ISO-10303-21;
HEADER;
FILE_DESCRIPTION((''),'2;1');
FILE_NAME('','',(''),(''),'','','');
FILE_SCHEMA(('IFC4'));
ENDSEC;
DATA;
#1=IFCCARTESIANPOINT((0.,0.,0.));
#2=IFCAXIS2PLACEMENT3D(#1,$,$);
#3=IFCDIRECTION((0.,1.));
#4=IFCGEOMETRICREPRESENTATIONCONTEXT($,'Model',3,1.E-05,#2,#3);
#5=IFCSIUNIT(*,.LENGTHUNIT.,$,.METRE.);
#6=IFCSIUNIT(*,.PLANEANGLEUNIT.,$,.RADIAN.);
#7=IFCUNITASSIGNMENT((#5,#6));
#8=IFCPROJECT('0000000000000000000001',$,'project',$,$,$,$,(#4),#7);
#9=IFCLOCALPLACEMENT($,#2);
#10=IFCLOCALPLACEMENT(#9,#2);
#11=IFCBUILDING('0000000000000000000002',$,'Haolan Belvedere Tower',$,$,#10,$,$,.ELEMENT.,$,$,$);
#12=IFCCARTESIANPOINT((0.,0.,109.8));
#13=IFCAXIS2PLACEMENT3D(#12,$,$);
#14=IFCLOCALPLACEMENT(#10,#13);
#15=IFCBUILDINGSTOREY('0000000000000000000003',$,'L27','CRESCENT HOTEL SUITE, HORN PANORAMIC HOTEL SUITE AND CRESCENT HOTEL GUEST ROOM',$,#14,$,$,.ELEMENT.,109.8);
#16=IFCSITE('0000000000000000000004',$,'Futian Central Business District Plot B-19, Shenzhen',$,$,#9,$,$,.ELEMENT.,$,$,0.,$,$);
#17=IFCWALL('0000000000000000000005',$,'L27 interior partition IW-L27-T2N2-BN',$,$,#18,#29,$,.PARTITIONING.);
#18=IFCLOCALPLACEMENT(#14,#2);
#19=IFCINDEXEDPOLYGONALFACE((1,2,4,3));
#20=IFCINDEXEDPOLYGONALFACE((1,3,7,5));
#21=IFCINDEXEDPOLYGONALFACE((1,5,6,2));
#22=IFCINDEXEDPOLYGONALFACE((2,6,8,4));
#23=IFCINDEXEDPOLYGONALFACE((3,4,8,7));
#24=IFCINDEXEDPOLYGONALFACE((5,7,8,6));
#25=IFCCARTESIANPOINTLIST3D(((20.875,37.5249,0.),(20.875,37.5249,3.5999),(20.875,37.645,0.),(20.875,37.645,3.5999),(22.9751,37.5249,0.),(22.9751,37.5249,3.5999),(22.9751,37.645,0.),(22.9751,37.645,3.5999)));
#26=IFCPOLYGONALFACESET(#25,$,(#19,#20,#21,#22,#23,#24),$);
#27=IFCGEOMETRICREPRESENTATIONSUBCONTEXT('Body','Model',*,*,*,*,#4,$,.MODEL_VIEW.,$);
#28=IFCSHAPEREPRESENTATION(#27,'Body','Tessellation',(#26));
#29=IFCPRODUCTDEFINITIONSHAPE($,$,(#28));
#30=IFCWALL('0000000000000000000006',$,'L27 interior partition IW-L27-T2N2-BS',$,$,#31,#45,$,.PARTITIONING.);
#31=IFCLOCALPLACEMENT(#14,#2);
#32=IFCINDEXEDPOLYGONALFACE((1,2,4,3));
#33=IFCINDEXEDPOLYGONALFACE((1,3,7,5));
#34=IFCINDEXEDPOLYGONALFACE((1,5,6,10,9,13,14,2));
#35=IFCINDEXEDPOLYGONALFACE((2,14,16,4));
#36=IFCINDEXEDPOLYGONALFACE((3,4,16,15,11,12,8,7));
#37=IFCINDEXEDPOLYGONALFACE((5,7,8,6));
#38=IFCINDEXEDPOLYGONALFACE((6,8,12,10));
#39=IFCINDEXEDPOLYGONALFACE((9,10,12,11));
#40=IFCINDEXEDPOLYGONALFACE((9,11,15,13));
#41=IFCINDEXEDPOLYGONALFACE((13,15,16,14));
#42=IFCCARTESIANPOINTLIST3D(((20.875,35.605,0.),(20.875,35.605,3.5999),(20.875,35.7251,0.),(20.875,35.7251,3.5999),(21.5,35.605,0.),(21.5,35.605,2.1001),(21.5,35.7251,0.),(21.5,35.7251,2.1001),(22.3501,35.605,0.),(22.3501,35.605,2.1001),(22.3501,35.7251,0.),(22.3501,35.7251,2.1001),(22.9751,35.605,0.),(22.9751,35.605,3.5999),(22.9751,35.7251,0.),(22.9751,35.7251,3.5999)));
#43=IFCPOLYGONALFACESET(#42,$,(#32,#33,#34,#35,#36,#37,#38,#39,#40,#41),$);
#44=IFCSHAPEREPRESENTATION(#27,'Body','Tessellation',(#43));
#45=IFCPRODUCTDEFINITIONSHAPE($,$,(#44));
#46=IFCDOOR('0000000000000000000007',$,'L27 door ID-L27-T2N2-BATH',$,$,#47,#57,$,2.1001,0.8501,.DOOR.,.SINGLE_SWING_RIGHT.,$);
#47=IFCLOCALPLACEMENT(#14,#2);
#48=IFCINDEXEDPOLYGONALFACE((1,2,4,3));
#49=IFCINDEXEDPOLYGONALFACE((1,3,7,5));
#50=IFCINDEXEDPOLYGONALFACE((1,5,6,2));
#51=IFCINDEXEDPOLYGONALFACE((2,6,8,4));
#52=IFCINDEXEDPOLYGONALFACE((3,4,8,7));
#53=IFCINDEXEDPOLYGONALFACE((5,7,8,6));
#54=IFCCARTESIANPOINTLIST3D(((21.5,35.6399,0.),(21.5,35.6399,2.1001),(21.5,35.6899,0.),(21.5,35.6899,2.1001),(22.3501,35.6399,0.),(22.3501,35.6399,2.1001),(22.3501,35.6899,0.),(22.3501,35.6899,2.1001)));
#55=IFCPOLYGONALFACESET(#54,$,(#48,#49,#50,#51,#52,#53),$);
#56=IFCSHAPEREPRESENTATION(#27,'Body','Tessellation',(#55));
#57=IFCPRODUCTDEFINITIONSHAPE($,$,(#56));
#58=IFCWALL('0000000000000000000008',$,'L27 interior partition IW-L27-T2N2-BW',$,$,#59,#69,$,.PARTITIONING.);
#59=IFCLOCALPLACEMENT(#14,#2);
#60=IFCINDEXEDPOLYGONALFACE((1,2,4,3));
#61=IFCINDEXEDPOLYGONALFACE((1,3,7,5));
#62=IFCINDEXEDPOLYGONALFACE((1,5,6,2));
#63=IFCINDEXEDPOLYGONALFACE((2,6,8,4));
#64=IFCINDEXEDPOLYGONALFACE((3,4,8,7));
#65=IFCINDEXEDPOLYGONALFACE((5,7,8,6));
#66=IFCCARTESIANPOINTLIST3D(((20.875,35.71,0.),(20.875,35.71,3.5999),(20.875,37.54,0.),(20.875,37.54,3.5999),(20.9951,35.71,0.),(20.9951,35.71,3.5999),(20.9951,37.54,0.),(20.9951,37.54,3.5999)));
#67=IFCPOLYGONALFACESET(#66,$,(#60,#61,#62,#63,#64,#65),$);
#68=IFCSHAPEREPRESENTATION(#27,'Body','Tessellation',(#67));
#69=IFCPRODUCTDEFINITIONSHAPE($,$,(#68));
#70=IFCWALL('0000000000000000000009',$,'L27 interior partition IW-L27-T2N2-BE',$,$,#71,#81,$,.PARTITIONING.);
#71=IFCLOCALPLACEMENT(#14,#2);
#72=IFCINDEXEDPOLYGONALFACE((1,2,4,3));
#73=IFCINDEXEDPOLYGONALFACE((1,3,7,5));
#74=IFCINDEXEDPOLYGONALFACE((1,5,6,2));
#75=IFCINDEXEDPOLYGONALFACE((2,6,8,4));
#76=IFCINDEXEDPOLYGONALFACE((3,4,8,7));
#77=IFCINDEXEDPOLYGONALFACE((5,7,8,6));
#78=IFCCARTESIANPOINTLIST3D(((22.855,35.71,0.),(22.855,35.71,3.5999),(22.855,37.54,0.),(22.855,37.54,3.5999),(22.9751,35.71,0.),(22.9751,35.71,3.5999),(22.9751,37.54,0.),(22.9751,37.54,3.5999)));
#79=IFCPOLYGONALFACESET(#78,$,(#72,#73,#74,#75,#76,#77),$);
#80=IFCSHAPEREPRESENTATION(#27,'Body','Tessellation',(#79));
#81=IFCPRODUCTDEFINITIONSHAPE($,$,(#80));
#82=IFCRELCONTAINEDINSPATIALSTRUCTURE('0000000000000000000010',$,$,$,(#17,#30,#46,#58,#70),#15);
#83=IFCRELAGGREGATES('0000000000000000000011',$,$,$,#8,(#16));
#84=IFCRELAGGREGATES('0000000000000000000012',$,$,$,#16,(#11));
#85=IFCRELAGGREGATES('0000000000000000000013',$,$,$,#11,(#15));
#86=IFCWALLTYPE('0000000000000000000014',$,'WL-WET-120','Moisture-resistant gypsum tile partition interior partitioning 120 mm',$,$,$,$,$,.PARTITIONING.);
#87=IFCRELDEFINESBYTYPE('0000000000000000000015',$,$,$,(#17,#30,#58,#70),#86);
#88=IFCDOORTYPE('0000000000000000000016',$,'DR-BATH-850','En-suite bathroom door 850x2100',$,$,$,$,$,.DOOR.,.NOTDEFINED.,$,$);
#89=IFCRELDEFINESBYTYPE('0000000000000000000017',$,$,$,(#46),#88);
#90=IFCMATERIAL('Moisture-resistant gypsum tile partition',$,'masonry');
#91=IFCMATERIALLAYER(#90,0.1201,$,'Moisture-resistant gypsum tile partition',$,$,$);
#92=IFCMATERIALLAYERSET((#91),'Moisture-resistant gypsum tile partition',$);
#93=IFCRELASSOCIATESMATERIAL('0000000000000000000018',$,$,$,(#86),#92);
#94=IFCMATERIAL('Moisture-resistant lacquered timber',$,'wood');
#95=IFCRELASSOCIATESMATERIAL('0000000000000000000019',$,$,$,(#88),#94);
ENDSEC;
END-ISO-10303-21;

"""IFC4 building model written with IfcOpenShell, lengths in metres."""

from ifc_helpers import new_model, si_unit, direction, frame, frame_2d, origin, place, context, subcontext, project, spatial, rectangle, extrude, material, layer, layer_set, type_object, element, fill, save


model = new_model("IFC4")

# Units and contexts
model_context = context("Model", 3, precision=1e-05, world=origin(), true_north=direction((0.0, 1.0)))
body_context = subcontext(model_context, "Body", "Model", "MODEL_VIEW")
ifc_project = project(units=[si_unit("LENGTHUNIT", "METRE"), si_unit("PLANEANGLEUNIT", "RADIAN")], contexts=[model_context])

# Site, building, storey
site_placement = place(None, origin())
site = spatial("IfcSite", under=ifc_project, at=site_placement, Name="Futian Central Business District Plot B-19, Shenzhen", CompositionType="ELEMENT", RefElevation=0.0)
building_placement = place(site_placement, origin())
building = spatial("IfcBuilding", under=site, at=building_placement, Name="Haolan Belvedere Tower", CompositionType="ELEMENT")
storey_placement = place(building_placement, frame((0.0, 0.0, 109.8)))
storey = spatial("IfcBuildingStorey", under=building, at=storey_placement, Name="L27", Description="CRESCENT HOTEL SUITE, HORN PANORAMIC HOTEL SUITE AND CRESCENT HOTEL GUEST ROOM", CompositionType="ELEMENT", Elevation=109.8)

# Wall
ifc_material_1 = material(Name="Moisture-resistant gypsum tile partition", Category="masonry")
ifc_layer_1 = layer(ifc_material_1, 0.1201, Name="Moisture-resistant gypsum tile partition")
ifc_layer_set_1 = layer_set([ifc_layer_1], Name="Moisture-resistant gypsum tile partition")
wall_type_1 = type_object("IfcWallType", Name="WL-WET-120", Description="Moisture-resistant gypsum tile partition interior partitioning 120 mm", PredefinedType="PARTITIONING", material=ifc_layer_set_1)
wall_1_placement = place(storey_placement, frame((20.875, 37.585, 0.0), z_axis=(0.0, 0.0, 1.0), x_axis=(1.0, 0.0, 0.0)))
element("IfcWall", 1, at=wall_1_placement, inside=storey, type_object=wall_type_1, Name="L27 interior partition IW-L27-T2N2-BN", PredefinedType="PARTITIONING", context=body_context, shape_type="SweptSolid", body=[
    extrude(rectangle(XDim=2.1001, YDim=0.1201, at=frame_2d((1.05, 0.0))), origin(), (0.0, 0.0, 1.0), 3.5999),
])

# Wall, opening, door
wall_2_placement = place(storey_placement, frame((20.875, 35.665, 0.0), z_axis=(0.0, 0.0, 1.0), x_axis=(1.0, 0.0, 0.0)))
wall_2 = element("IfcWall", 2, at=wall_2_placement, inside=storey, type_object=wall_type_1, Name="L27 interior partition IW-L27-T2N2-BS", PredefinedType="PARTITIONING", context=body_context, shape_type="SweptSolid", body=[
    extrude(rectangle(XDim=2.1001, YDim=0.1201, at=frame_2d((1.05, 0.0))), origin(), (0.0, 0.0, 1.0), 3.5999),
])
opening_1_placement = place(wall_2_placement, frame((0.625, 0.0, 0.0)))
opening_1 = element("IfcOpeningElement", 3, at=opening_1_placement, cuts=wall_2, PredefinedType="OPENING", context=body_context, shape_type="SweptSolid", body=[
    extrude(rectangle(XDim=0.8501, YDim=2.1001, at=frame_2d((0.425, 1.05))), frame((0.0, 0.0701, 0.0), z_axis=(0.0, -1.0, 0.0), x_axis=(1.0, 0.0, 0.0)), (0.0, 0.0, 1.0), 0.1401),
])
ifc_material_2 = material(Name="Moisture-resistant lacquered timber", Category="wood")
door_type_1 = type_object("IfcDoorType", Name="DR-BATH-850", Description="En-suite bathroom door 850x2100", OperationType="NOTDEFINED", PredefinedType="DOOR", material=ifc_material_2)
door_1_placement = place(opening_1_placement, origin())
door_1 = element("IfcDoor", 4, at=door_1_placement, inside=storey, type_object=door_type_1, Name="L27 door ID-L27-T2N2-BATH", OperationType="SINGLE_SWING_RIGHT", OverallHeight=2.1001, OverallWidth=0.8501, PredefinedType="DOOR", context=body_context, shape_type="SweptSolid", body=[
    extrude(rectangle(XDim=0.8501, YDim=2.1001, at=frame_2d((0.425, 1.05))), frame((0.0, 0.0249, 0.0), z_axis=(0.0, -1.0, 0.0), x_axis=(1.0, 0.0, 0.0)), (0.0, 0.0, 1.0), 0.05),
])
fill(opening_1, door_1)

# Walls
for number, where, z_axis, x_axis, name in (
    (5, (20.9351, 35.71, 0.0), (0.0, 0.0, 1.0), (0.0, 1.0, 0.0), "L27 interior partition IW-L27-T2N2-BW"),
    (6, (22.915, 35.71, 0.0), (0.0, 0.0, 1.0), (0.0, 1.0, 0.0), "L27 interior partition IW-L27-T2N2-BE"),
):
    element("IfcWall", number, at=place(storey_placement, frame(where, z_axis=z_axis, x_axis=x_axis)), inside=storey, type_object=wall_type_1, Name=name, PredefinedType="PARTITIONING", context=body_context, shape_type="SweptSolid", body=[
        extrude(rectangle(XDim=1.8301, YDim=0.1201, at=frame_2d((0.915, 0.0))), origin(), (0.0, 0.0, 1.0), 3.5999),
    ])

save(model, "model.ifc")
